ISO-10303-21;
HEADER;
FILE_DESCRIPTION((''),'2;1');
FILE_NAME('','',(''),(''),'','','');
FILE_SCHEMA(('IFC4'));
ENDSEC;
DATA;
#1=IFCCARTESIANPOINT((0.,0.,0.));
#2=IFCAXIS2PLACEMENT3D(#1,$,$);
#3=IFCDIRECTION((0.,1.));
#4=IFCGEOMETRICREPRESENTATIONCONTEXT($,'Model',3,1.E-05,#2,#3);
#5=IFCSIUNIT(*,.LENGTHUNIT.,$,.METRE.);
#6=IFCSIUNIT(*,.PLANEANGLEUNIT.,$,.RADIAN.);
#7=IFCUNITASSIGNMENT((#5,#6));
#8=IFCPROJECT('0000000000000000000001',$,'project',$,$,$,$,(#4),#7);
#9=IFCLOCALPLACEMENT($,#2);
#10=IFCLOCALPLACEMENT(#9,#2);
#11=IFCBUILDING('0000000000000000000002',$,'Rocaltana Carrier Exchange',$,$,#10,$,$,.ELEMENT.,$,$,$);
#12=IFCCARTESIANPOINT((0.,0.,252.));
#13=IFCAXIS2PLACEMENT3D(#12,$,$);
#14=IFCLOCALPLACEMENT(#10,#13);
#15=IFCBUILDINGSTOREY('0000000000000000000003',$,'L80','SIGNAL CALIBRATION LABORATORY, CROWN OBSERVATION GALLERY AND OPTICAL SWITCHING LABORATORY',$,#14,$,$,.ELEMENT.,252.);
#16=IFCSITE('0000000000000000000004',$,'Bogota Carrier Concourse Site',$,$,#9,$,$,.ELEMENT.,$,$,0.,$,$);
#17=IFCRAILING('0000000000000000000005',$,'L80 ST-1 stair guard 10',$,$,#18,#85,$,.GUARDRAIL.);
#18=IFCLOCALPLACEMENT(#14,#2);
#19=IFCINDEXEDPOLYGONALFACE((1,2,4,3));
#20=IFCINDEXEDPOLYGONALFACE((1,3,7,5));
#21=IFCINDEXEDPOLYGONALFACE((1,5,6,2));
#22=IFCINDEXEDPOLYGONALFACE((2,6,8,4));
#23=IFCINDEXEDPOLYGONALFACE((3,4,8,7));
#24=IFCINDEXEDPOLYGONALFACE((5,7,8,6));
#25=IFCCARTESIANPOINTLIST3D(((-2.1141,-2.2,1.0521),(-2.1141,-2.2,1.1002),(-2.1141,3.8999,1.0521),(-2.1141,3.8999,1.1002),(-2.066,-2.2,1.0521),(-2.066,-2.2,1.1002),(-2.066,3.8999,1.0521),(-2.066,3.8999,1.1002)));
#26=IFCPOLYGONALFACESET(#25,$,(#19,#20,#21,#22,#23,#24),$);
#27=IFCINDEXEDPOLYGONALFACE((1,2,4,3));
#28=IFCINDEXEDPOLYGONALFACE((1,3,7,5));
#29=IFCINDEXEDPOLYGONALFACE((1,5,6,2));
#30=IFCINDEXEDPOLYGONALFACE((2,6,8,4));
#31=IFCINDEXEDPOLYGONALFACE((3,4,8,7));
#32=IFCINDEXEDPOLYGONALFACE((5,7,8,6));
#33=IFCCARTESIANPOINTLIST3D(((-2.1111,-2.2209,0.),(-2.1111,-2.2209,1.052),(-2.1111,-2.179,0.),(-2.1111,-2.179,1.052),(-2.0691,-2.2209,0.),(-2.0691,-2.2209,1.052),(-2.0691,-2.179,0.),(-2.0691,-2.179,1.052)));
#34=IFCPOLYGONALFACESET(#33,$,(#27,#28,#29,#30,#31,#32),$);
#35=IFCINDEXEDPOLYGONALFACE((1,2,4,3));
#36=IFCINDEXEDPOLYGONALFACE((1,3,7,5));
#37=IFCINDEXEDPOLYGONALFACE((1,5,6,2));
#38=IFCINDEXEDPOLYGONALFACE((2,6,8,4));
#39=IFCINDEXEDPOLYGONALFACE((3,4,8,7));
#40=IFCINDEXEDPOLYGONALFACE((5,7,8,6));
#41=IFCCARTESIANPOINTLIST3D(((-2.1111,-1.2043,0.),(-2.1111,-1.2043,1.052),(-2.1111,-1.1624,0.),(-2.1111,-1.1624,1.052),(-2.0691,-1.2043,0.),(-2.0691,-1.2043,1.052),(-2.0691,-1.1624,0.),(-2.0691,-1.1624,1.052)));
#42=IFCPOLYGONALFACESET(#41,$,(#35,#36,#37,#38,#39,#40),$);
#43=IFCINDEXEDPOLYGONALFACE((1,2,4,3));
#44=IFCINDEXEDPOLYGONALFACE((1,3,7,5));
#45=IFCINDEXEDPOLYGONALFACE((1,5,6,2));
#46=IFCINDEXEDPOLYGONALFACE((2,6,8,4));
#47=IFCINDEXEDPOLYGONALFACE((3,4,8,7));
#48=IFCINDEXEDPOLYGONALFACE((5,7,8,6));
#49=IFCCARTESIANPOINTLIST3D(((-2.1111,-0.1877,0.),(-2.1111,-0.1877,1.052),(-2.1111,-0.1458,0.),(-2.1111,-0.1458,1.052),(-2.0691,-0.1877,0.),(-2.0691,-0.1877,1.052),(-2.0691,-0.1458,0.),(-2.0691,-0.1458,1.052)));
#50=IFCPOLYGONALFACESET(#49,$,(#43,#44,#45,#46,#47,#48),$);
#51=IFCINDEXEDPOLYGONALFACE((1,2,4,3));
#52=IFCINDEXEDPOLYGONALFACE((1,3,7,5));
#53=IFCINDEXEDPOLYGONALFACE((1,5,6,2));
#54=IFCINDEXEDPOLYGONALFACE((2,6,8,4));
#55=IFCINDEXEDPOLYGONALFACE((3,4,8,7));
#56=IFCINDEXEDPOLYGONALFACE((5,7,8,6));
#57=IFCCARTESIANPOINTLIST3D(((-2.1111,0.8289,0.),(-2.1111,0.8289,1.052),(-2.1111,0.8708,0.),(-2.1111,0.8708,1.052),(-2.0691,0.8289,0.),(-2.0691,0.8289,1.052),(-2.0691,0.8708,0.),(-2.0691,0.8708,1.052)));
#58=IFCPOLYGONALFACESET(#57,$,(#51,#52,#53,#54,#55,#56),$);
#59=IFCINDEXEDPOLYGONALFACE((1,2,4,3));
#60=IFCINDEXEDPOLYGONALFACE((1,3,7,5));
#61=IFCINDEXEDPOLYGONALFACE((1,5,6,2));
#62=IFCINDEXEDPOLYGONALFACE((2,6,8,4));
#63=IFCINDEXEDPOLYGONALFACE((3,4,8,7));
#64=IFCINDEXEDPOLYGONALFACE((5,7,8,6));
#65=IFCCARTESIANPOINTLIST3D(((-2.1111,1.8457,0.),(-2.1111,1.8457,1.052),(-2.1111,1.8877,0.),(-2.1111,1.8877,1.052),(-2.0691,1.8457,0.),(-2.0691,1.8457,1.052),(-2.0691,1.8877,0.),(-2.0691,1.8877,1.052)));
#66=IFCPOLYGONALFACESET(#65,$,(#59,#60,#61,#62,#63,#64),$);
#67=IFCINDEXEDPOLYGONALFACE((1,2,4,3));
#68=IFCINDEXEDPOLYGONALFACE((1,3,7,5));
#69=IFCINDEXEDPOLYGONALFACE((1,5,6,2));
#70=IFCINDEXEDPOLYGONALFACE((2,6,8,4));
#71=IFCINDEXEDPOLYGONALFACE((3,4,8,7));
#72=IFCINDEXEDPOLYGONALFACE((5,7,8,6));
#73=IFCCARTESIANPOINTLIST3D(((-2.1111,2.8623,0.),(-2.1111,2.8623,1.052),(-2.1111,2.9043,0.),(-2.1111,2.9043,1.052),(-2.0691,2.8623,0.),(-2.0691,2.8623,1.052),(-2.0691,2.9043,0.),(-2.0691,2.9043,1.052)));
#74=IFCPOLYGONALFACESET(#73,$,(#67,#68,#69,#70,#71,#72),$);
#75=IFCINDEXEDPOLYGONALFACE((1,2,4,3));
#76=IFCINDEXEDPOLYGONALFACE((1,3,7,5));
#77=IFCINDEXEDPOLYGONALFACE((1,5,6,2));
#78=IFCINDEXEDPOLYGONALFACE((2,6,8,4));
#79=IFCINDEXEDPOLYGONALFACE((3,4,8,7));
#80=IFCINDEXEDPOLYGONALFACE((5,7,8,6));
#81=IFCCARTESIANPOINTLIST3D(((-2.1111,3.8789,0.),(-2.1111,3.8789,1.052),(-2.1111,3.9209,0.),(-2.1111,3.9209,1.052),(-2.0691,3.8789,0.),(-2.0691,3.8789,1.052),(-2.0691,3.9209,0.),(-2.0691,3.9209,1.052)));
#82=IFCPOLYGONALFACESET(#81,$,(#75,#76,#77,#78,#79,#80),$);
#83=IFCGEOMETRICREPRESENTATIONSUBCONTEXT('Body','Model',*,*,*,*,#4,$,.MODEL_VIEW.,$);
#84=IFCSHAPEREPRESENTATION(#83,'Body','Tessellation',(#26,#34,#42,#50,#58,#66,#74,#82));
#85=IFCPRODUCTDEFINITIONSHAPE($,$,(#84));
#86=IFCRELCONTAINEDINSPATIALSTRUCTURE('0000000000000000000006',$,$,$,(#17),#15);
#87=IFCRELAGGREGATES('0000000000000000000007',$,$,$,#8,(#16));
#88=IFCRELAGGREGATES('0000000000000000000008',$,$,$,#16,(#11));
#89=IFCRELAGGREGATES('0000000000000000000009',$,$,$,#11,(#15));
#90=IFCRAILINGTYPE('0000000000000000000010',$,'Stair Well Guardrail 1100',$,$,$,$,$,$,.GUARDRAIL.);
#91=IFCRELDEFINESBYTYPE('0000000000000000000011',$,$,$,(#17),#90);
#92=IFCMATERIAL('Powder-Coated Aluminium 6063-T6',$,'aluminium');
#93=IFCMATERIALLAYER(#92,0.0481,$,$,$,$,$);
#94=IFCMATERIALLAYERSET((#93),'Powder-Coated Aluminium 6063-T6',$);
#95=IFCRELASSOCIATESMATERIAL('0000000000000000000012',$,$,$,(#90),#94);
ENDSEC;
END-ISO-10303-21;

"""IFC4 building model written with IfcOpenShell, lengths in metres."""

from ifc_helpers import new_model, si_unit, direction, frame, origin, origin_2d, place, context, subcontext, project, spatial, rectangle, extrude, material, layer, layer_set, type_object, element, save


model = new_model("IFC4")

# Units and contexts
model_context = context("Model", 3, precision=1e-05, world=origin(), true_north=direction((0.0, 1.0)))
body_context = subcontext(model_context, "Body", "Model", "MODEL_VIEW")
ifc_project = project(units=[si_unit("LENGTHUNIT", "METRE"), si_unit("PLANEANGLEUNIT", "RADIAN")], contexts=[model_context])

# Site, building, storey
site_placement = place(None, origin())
site = spatial("IfcSite", under=ifc_project, at=site_placement, Name="Bogota Carrier Concourse Site", CompositionType="ELEMENT", RefElevation=0.0)
building_placement = place(site_placement, origin())
building = spatial("IfcBuilding", under=site, at=building_placement, Name="Rocaltana Carrier Exchange", CompositionType="ELEMENT")
storey_placement = place(building_placement, frame((0.0, 0.0, 252.0)))
storey = spatial("IfcBuildingStorey", under=building, at=storey_placement, Name="L80", Description="SIGNAL CALIBRATION LABORATORY, CROWN OBSERVATION GALLERY AND OPTICAL SWITCHING LABORATORY", CompositionType="ELEMENT", Elevation=252.0)

# Railing
ifc_material_1 = material(Name="Powder-Coated Aluminium 6063-T6", Category="aluminium")
ifc_layer_1 = layer(ifc_material_1, 0.0481)
ifc_layer_set_1 = layer_set([ifc_layer_1], Name="Powder-Coated Aluminium 6063-T6")
railing_type_1 = type_object("IfcRailingType", Name="Stair Well Guardrail 1100", PredefinedType="GUARDRAIL", material=ifc_layer_set_1)
railing_1_placement = place(storey_placement, frame((-2.0901, -2.2, 0.0)))
element("IfcRailing", 1, at=railing_1_placement, inside=storey, type_object=railing_type_1, Name="L80 ST-1 stair guard 10", PredefinedType="GUARDRAIL", context=body_context, shape_type="SweptSolid", body=[
    extrude(rectangle(XDim=0.0481, YDim=0.0481, at=origin_2d()), frame((0.0, 0.0, 1.0762), z_axis=(0.0, 1.0, 0.0), x_axis=(-1.0, 0.0, 0.0)), (0.0, 0.0, 1.0), 6.0999),
    extrude(rectangle(XDim=0.042, YDim=0.042, at=origin_2d()), origin(), (0.0, 0.0, 1.0), 1.052),
    extrude(rectangle(XDim=0.042, YDim=0.042, at=origin_2d()), frame((0.0, 1.0166, 0.0)), (0.0, 0.0, 1.0), 1.052),
    extrude(rectangle(XDim=0.042, YDim=0.042, at=origin_2d()), frame((0.0, 2.0332, 0.0)), (0.0, 0.0, 1.0), 1.052),
    extrude(rectangle(XDim=0.042, YDim=0.042, at=origin_2d()), frame((0.0, 3.0498, 0.0)), (0.0, 0.0, 1.0), 1.052),
    extrude(rectangle(XDim=0.042, YDim=0.042, at=origin_2d()), frame((0.0, 4.0667, 0.0)), (0.0, 0.0, 1.0), 1.052),
    extrude(rectangle(XDim=0.042, YDim=0.042, at=origin_2d()), frame((0.0, 5.0833, 0.0)), (0.0, 0.0, 1.0), 1.052),
    extrude(rectangle(XDim=0.042, YDim=0.042, at=origin_2d()), frame((0.0, 6.0999, 0.0)), (0.0, 0.0, 1.0), 1.052),
])

save(model, "model.ifc")
